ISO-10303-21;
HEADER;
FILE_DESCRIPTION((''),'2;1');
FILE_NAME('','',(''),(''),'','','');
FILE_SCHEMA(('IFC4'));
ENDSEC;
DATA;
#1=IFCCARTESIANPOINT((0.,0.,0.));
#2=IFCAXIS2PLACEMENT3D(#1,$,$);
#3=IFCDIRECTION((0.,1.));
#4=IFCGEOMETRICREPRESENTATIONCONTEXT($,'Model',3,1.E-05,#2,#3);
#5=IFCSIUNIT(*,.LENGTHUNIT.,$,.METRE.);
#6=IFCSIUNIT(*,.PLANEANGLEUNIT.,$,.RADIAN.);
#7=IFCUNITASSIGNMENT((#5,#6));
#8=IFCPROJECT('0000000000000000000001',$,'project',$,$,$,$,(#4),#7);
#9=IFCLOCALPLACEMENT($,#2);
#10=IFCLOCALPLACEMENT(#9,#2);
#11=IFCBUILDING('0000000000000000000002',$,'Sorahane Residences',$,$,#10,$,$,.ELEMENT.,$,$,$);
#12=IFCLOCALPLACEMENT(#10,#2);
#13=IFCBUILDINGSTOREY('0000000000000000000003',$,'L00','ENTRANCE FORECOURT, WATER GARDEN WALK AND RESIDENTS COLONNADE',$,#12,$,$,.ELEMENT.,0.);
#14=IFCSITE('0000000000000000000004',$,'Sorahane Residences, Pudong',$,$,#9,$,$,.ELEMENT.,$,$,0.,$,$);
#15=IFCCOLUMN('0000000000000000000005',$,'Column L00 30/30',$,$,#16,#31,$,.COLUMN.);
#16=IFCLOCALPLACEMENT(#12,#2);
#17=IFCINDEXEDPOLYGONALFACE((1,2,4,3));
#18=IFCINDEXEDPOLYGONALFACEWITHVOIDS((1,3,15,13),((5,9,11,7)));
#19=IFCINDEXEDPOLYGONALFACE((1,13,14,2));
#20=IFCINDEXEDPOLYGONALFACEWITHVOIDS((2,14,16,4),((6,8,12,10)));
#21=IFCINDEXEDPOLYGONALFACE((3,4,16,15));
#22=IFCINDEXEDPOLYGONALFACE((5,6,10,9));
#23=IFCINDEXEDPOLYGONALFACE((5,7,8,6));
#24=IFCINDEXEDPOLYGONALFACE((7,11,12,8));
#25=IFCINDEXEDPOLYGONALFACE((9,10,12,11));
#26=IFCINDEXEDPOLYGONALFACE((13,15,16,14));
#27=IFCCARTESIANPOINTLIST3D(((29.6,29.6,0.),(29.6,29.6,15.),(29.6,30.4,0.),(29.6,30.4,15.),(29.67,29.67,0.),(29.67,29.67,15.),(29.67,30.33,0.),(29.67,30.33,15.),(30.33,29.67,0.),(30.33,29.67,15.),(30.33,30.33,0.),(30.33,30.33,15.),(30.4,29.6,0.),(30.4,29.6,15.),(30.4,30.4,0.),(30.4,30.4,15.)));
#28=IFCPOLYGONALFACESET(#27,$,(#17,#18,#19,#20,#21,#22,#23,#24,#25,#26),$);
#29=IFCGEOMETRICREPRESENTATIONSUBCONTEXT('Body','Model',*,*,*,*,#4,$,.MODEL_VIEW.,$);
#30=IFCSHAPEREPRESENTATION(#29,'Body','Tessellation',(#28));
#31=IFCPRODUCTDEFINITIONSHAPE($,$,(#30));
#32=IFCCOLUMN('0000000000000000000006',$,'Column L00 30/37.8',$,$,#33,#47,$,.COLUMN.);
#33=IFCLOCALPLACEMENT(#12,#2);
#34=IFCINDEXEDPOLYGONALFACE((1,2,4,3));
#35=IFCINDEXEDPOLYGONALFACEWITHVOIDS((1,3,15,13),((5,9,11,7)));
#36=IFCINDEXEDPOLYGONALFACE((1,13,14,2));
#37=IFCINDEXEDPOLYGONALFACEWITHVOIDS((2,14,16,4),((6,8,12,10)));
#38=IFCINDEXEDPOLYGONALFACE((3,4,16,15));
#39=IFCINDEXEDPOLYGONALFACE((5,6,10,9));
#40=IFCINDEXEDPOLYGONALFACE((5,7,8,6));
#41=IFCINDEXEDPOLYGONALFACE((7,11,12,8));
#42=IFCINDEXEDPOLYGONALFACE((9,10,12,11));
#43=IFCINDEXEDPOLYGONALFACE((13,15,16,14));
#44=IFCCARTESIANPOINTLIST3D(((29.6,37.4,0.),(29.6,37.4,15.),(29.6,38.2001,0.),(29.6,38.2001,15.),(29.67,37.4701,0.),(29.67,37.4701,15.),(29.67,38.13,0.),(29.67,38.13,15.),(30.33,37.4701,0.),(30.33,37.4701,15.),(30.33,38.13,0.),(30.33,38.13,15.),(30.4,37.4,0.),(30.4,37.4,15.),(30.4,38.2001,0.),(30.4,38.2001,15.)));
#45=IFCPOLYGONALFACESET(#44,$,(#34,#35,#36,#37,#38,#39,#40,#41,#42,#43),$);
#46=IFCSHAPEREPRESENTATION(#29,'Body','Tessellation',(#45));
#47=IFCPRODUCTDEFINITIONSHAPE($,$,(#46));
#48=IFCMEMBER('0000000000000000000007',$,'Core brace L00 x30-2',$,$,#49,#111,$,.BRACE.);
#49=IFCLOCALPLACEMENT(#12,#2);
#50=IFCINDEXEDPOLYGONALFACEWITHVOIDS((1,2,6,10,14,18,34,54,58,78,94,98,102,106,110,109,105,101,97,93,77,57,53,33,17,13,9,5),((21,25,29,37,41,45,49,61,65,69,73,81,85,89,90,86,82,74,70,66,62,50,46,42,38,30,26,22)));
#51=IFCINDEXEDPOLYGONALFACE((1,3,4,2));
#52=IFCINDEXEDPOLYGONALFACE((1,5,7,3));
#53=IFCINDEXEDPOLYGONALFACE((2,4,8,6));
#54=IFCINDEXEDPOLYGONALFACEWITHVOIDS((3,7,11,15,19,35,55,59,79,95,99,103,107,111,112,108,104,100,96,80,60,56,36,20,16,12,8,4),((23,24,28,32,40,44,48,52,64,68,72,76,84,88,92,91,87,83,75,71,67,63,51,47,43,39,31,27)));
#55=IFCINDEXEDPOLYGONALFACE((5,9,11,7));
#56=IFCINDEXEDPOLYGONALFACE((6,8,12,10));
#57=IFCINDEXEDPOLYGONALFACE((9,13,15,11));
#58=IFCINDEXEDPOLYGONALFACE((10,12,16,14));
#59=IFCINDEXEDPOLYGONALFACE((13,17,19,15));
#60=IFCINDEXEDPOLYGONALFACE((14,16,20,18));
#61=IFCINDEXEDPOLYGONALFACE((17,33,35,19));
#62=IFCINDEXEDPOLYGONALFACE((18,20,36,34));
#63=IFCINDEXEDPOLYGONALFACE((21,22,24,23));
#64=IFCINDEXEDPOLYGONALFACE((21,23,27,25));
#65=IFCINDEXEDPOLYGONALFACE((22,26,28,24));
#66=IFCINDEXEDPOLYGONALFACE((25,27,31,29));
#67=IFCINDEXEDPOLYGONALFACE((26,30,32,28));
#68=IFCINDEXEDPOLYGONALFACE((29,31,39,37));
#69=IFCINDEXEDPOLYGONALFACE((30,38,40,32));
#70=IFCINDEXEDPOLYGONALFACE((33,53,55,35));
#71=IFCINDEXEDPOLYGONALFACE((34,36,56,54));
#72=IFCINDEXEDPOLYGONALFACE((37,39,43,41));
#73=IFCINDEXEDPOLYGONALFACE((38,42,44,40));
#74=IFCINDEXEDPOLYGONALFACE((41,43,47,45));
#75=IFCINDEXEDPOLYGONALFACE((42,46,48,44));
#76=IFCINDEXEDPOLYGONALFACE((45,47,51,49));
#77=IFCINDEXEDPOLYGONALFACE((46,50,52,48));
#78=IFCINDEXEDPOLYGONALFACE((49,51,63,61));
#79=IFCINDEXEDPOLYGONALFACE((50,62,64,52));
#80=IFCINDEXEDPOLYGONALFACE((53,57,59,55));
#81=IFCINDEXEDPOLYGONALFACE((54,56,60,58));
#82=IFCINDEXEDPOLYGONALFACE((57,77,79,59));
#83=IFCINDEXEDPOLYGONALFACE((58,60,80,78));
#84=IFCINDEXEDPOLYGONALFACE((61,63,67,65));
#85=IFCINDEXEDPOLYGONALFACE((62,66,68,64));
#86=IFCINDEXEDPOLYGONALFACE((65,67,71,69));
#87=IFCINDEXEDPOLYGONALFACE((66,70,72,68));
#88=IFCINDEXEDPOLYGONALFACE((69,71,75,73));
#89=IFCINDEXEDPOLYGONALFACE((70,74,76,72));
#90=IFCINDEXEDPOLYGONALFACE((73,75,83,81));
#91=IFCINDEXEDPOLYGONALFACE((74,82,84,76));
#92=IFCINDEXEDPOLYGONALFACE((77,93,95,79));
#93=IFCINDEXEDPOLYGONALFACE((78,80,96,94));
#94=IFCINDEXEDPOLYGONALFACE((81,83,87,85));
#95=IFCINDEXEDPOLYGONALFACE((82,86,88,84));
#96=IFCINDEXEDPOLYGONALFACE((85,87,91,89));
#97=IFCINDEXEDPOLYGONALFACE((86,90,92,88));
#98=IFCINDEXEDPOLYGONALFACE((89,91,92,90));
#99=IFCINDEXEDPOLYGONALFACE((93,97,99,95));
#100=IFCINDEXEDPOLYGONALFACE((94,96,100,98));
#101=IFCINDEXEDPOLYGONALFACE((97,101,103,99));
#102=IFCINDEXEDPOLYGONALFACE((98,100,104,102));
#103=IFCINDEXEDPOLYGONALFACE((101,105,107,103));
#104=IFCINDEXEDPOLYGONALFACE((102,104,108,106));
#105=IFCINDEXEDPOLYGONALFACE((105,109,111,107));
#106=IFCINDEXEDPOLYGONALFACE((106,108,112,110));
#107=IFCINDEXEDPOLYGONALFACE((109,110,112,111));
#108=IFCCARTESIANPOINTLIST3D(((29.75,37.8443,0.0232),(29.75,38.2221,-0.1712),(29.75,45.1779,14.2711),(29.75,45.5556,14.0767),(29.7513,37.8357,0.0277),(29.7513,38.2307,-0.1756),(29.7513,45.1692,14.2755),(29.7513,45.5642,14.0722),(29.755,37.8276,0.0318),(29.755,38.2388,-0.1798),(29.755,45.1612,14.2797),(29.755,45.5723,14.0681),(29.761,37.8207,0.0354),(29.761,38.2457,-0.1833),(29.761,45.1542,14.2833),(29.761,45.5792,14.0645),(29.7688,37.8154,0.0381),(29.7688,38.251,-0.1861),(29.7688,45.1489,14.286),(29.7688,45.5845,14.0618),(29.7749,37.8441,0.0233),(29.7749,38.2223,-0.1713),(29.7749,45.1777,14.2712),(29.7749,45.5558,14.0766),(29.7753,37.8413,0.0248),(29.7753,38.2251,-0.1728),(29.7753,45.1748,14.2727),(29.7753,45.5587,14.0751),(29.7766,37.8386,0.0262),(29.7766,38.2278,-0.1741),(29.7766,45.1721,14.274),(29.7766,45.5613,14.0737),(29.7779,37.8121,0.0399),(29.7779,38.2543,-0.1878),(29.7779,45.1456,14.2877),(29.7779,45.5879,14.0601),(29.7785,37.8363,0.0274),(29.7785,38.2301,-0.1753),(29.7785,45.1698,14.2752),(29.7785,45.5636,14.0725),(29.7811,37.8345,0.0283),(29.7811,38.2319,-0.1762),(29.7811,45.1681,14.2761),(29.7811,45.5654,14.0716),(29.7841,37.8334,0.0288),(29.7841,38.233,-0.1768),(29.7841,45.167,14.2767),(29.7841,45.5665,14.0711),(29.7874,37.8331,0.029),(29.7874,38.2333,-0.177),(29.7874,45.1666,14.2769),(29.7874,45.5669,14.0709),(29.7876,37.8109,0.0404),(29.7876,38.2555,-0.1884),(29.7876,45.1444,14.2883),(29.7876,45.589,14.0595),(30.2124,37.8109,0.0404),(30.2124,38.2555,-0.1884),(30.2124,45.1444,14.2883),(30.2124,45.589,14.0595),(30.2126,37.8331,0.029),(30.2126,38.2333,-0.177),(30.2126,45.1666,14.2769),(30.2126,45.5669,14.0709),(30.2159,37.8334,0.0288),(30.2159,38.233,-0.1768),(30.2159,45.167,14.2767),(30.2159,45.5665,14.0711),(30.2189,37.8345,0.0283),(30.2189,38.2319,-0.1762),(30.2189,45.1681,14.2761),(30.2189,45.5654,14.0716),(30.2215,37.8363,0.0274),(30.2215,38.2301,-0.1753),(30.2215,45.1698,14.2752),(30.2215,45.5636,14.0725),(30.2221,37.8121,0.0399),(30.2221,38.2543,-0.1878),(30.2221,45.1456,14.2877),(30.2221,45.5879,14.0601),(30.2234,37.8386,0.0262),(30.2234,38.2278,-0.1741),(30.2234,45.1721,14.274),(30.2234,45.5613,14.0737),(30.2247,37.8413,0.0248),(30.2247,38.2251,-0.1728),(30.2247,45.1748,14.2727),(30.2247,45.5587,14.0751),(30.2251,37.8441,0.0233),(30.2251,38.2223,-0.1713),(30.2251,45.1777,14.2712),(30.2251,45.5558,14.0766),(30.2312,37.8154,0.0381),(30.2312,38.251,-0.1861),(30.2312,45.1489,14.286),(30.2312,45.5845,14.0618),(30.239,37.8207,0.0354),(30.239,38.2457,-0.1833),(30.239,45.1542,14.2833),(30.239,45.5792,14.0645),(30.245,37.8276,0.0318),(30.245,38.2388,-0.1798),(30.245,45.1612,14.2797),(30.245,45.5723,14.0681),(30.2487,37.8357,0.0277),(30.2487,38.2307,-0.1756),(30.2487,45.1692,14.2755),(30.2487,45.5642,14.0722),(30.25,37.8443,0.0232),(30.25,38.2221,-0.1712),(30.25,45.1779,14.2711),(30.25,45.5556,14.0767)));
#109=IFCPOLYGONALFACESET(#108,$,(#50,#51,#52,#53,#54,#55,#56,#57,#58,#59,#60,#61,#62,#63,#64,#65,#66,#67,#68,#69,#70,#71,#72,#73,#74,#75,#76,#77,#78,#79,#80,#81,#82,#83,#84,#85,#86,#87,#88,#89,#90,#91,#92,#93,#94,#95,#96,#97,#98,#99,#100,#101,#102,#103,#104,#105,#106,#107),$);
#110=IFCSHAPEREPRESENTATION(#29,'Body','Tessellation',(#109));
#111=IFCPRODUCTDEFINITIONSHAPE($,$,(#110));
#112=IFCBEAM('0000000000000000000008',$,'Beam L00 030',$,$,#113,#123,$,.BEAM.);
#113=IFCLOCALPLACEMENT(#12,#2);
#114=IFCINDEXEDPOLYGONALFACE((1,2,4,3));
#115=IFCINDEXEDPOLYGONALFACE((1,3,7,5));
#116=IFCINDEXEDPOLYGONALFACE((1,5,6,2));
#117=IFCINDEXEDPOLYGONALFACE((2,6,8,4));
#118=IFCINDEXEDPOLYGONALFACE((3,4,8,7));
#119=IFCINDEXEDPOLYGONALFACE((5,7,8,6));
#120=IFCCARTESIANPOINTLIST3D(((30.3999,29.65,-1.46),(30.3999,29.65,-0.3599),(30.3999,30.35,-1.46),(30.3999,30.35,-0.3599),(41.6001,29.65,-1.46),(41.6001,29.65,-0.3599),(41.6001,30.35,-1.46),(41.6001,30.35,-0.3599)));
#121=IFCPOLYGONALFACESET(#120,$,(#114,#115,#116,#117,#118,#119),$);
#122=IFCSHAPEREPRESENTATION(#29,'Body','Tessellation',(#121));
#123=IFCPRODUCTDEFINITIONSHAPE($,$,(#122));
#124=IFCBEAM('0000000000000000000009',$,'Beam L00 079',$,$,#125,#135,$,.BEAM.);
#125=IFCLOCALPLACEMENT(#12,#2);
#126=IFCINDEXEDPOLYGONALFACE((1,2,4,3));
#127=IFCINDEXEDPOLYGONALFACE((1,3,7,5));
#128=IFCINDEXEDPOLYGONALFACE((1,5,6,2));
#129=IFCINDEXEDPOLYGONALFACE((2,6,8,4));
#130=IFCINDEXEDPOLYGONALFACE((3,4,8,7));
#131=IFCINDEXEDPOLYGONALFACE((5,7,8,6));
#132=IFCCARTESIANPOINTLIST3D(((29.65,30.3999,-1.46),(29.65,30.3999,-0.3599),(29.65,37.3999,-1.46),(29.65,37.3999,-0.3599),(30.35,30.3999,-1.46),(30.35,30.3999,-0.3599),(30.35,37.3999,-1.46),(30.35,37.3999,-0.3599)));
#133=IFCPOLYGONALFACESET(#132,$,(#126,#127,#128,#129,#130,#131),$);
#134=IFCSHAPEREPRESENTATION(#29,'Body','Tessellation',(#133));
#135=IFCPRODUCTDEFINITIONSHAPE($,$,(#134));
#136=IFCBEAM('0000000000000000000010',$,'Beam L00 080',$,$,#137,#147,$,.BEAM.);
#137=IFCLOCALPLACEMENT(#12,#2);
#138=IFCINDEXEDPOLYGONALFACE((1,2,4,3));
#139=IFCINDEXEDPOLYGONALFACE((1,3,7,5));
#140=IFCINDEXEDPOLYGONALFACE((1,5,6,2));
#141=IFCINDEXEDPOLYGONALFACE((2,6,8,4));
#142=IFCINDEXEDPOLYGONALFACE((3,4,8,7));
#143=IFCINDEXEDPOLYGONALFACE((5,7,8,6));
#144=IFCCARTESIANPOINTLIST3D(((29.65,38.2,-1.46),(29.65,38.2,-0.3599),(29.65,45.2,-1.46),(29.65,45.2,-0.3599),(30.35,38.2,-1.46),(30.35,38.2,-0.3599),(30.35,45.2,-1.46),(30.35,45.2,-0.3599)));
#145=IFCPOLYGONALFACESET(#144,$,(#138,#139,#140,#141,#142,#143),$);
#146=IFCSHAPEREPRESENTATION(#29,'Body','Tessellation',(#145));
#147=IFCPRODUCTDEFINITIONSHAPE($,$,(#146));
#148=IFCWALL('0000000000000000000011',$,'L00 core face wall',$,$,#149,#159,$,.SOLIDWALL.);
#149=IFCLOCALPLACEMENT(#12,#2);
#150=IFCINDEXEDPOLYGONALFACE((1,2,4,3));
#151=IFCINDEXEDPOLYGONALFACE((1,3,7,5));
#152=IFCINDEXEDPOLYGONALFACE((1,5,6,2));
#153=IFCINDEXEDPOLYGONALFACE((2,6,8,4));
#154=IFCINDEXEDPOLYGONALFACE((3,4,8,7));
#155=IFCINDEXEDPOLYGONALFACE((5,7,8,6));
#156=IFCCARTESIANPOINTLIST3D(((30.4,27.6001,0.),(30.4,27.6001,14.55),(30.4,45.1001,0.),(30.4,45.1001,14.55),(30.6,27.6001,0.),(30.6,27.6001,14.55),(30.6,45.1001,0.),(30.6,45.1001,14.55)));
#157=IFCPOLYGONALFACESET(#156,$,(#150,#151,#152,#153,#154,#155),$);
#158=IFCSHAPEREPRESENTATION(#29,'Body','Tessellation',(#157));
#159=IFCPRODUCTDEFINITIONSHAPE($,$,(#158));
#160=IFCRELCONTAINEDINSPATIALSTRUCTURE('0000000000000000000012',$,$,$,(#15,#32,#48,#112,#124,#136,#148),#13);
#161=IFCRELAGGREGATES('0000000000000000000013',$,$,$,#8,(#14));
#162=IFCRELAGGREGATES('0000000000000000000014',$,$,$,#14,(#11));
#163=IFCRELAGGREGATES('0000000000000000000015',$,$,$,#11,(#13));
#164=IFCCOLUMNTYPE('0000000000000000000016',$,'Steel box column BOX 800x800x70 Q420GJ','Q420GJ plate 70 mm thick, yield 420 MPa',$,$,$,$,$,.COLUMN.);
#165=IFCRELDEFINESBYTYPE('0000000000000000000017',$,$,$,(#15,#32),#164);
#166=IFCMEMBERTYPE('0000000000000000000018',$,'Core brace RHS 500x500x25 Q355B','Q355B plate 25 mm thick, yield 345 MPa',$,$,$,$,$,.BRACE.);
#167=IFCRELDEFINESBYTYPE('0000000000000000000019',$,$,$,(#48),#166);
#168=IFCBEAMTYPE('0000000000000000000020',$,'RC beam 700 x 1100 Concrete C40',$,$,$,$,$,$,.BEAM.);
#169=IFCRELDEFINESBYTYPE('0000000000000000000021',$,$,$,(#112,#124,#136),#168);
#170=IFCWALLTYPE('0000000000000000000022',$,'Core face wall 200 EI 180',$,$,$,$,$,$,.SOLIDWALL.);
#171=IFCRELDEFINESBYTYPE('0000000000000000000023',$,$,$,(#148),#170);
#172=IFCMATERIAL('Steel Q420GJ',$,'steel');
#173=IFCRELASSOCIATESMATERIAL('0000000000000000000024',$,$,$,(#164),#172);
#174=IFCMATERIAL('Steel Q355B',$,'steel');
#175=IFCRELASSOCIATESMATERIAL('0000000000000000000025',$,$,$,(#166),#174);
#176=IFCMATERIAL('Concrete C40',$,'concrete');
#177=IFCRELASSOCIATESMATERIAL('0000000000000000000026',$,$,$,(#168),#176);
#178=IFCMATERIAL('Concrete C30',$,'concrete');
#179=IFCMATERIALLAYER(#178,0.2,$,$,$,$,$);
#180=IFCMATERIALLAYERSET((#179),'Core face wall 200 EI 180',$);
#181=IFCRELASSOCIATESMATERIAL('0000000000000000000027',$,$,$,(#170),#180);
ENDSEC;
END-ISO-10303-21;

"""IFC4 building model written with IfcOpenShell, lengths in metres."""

from ifc_helpers import new_model, si_unit, direction, frame, frame_2d, origin, origin_2d, place, context, subcontext, project, spatial, rectangle, hollow_rectangle, extrude, material, layer, layer_set, material_profile, profile_set, type_object, element, save


model = new_model("IFC4")

# Units and contexts
model_context = context("Model", 3, precision=1e-05, world=origin(), true_north=direction((0.0, 1.0)))
body_context = subcontext(model_context, "Body", "Model", "MODEL_VIEW")
ifc_project = project(units=[si_unit("LENGTHUNIT", "METRE"), si_unit("PLANEANGLEUNIT", "RADIAN")], contexts=[model_context])

# Site, building, storey
site_placement = place(None, origin())
site = spatial("IfcSite", under=ifc_project, at=site_placement, Name="Sorahane Residences, Pudong", CompositionType="ELEMENT", RefElevation=0.0)
building_placement = place(site_placement, origin())
building = spatial("IfcBuilding", under=site, at=building_placement, Name="Sorahane Residences", CompositionType="ELEMENT")
storey_placement = place(building_placement, origin())
storey = spatial("IfcBuildingStorey", under=building, at=storey_placement, Name="L00", Description="ENTRANCE FORECOURT, WATER GARDEN WALK AND RESIDENTS COLONNADE", CompositionType="ELEMENT", Elevation=0.0)

# Columns
ifc_material_1 = material(Name="Steel Q420GJ", Category="steel")
ifc_material_profile_1 = material_profile(ifc_material_1, hollow_rectangle(XDim=0.8, YDim=0.8, WallThickness=0.0701, at=origin_2d()), Name="BOX 800x800x70")
ifc_profile_set_1 = profile_set([ifc_material_profile_1], Name="Steel Q420GJ")
column_type = type_object("IfcColumnType", Name="Steel box column BOX 800x800x70 Q420GJ", Description="Q420GJ plate 70 mm thick, yield 420 MPa", PredefinedType="COLUMN", material=ifc_profile_set_1)
for number, where, z_axis, x_axis, name in (
    (1, (30.0, 30.0, 0.0), (0.0, 0.0, 1.0), (1.0, 0.0, 0.0), "Column L00 30/30"),
    (2, (30.0, 37.8, 0.0), (0.0, 0.0, 1.0), (1.0, 0.0, 0.0), "Column L00 30/37.8"),
):
    element("IfcColumn", number, at=place(storey_placement, frame(where, z_axis=z_axis, x_axis=x_axis)), inside=storey, type_object=column_type, Name=name, PredefinedType="COLUMN", context=body_context, shape_type="SweptSolid", body=[
        extrude(hollow_rectangle(XDim=0.8, YDim=0.8, WallThickness=0.0701, at=origin_2d()), origin(), (0.0, 0.0, 1.0), 15.0),
    ])

# Member
ifc_material_2 = material(Name="Steel Q355B", Category="steel")
ifc_material_profile_2 = material_profile(ifc_material_2, hollow_rectangle(XDim=0.5, YDim=0.5, WallThickness=0.0249, InnerFilletRadius=0.0125, OuterFilletRadius=0.0376, at=origin_2d()), Name="RHS 500x500x25")
ifc_profile_set_2 = profile_set([ifc_material_profile_2], Name="Steel Q355B")
member_type = type_object("IfcMemberType", Name="Core brace RHS 500x500x25 Q355B", Description="Q355B plate 25 mm thick, yield 345 MPa", PredefinedType="BRACE", material=ifc_profile_set_2)
member_placement = place(storey_placement, frame((30.0, 38.0332, -0.074), z_axis=(0.0, 0.457647, 0.889134), x_axis=(-1.0, 0.0, 0.0)))
element("IfcMember", 3, at=member_placement, inside=storey, type_object=member_type, Name="Core brace L00 x30-2", PredefinedType="BRACE", context=body_context, shape_type="SweptSolid", body=[
    extrude(hollow_rectangle(XDim=0.5, YDim=0.5, WallThickness=0.0249, InnerFilletRadius=0.0125, OuterFilletRadius=0.0376, at=origin_2d()), origin(), (0.0, 0.0, 1.0), 16.0244),
])

# Beams
ifc_material_3 = material(Name="Concrete C40", Category="concrete")
ifc_material_profile_3 = material_profile(ifc_material_3, rectangle(XDim=0.7, YDim=1.1001, at=origin_2d()), Name="700x1100")
ifc_profile_set_3 = profile_set([ifc_material_profile_3], Name="Concrete C40")
beam_type = type_object("IfcBeamType", Name="RC beam 700 x 1100 Concrete C40", PredefinedType="BEAM", material=ifc_profile_set_3)
beam_placement = place(storey_placement, frame((30.3999, 30.0, -0.9099), z_axis=(1.0, 0.0, 0.0), x_axis=(0.0, 1.0, 0.0)))
element("IfcBeam", 4, at=beam_placement, inside=storey, type_object=beam_type, Name="Beam L00 030", PredefinedType="BEAM", context=body_context, shape_type="SweptSolid", body=[
    extrude(rectangle(XDim=0.7, YDim=1.1001, at=origin_2d()), origin(), (0.0, 0.0, 1.0), 11.2002),
])
for number, where, z_axis, x_axis, name in (
    (5, (30.0, 30.3999, -0.9099), (0.0, 1.0, 0.0), (-1.0, 0.0, 0.0), "Beam L00 079"),
    (6, (30.0, 38.2, -0.9099), (0.0, 1.0, 0.0), (-1.0, 0.0, 0.0), "Beam L00 080"),
):
    element("IfcBeam", number, at=place(storey_placement, frame(where, z_axis=z_axis, x_axis=x_axis)), inside=storey, type_object=beam_type, Name=name, PredefinedType="BEAM", context=body_context, shape_type="SweptSolid", body=[
        extrude(rectangle(XDim=0.7, YDim=1.1001, at=origin_2d()), origin(), (0.0, 0.0, 1.0), 7.0),
    ])

# Wall
ifc_material_4 = material(Name="Concrete C30", Category="concrete")
ifc_layer_1 = layer(ifc_material_4, 0.2)
ifc_layer_set_1 = layer_set([ifc_layer_1], Name="Core face wall 200 EI 180")
wall_type_1 = type_object("IfcWallType", Name="Core face wall 200 EI 180", PredefinedType="SOLIDWALL", material=ifc_layer_set_1)
wall_1_placement = place(storey_placement, frame((30.5, 27.6001, 0.0), z_axis=(0.0, 0.0, 1.0), x_axis=(0.0, 1.0, 0.0)))
element("IfcWall", 7, at=wall_1_placement, inside=storey, type_object=wall_type_1, Name="L00 core face wall", PredefinedType="SOLIDWALL", context=body_context, shape_type="SweptSolid", body=[
    extrude(rectangle(XDim=17.5, YDim=0.2, at=frame_2d((8.75, 0.0))), origin(), (0.0, 0.0, 1.0), 14.55),
])

save(model, "model.ifc")
